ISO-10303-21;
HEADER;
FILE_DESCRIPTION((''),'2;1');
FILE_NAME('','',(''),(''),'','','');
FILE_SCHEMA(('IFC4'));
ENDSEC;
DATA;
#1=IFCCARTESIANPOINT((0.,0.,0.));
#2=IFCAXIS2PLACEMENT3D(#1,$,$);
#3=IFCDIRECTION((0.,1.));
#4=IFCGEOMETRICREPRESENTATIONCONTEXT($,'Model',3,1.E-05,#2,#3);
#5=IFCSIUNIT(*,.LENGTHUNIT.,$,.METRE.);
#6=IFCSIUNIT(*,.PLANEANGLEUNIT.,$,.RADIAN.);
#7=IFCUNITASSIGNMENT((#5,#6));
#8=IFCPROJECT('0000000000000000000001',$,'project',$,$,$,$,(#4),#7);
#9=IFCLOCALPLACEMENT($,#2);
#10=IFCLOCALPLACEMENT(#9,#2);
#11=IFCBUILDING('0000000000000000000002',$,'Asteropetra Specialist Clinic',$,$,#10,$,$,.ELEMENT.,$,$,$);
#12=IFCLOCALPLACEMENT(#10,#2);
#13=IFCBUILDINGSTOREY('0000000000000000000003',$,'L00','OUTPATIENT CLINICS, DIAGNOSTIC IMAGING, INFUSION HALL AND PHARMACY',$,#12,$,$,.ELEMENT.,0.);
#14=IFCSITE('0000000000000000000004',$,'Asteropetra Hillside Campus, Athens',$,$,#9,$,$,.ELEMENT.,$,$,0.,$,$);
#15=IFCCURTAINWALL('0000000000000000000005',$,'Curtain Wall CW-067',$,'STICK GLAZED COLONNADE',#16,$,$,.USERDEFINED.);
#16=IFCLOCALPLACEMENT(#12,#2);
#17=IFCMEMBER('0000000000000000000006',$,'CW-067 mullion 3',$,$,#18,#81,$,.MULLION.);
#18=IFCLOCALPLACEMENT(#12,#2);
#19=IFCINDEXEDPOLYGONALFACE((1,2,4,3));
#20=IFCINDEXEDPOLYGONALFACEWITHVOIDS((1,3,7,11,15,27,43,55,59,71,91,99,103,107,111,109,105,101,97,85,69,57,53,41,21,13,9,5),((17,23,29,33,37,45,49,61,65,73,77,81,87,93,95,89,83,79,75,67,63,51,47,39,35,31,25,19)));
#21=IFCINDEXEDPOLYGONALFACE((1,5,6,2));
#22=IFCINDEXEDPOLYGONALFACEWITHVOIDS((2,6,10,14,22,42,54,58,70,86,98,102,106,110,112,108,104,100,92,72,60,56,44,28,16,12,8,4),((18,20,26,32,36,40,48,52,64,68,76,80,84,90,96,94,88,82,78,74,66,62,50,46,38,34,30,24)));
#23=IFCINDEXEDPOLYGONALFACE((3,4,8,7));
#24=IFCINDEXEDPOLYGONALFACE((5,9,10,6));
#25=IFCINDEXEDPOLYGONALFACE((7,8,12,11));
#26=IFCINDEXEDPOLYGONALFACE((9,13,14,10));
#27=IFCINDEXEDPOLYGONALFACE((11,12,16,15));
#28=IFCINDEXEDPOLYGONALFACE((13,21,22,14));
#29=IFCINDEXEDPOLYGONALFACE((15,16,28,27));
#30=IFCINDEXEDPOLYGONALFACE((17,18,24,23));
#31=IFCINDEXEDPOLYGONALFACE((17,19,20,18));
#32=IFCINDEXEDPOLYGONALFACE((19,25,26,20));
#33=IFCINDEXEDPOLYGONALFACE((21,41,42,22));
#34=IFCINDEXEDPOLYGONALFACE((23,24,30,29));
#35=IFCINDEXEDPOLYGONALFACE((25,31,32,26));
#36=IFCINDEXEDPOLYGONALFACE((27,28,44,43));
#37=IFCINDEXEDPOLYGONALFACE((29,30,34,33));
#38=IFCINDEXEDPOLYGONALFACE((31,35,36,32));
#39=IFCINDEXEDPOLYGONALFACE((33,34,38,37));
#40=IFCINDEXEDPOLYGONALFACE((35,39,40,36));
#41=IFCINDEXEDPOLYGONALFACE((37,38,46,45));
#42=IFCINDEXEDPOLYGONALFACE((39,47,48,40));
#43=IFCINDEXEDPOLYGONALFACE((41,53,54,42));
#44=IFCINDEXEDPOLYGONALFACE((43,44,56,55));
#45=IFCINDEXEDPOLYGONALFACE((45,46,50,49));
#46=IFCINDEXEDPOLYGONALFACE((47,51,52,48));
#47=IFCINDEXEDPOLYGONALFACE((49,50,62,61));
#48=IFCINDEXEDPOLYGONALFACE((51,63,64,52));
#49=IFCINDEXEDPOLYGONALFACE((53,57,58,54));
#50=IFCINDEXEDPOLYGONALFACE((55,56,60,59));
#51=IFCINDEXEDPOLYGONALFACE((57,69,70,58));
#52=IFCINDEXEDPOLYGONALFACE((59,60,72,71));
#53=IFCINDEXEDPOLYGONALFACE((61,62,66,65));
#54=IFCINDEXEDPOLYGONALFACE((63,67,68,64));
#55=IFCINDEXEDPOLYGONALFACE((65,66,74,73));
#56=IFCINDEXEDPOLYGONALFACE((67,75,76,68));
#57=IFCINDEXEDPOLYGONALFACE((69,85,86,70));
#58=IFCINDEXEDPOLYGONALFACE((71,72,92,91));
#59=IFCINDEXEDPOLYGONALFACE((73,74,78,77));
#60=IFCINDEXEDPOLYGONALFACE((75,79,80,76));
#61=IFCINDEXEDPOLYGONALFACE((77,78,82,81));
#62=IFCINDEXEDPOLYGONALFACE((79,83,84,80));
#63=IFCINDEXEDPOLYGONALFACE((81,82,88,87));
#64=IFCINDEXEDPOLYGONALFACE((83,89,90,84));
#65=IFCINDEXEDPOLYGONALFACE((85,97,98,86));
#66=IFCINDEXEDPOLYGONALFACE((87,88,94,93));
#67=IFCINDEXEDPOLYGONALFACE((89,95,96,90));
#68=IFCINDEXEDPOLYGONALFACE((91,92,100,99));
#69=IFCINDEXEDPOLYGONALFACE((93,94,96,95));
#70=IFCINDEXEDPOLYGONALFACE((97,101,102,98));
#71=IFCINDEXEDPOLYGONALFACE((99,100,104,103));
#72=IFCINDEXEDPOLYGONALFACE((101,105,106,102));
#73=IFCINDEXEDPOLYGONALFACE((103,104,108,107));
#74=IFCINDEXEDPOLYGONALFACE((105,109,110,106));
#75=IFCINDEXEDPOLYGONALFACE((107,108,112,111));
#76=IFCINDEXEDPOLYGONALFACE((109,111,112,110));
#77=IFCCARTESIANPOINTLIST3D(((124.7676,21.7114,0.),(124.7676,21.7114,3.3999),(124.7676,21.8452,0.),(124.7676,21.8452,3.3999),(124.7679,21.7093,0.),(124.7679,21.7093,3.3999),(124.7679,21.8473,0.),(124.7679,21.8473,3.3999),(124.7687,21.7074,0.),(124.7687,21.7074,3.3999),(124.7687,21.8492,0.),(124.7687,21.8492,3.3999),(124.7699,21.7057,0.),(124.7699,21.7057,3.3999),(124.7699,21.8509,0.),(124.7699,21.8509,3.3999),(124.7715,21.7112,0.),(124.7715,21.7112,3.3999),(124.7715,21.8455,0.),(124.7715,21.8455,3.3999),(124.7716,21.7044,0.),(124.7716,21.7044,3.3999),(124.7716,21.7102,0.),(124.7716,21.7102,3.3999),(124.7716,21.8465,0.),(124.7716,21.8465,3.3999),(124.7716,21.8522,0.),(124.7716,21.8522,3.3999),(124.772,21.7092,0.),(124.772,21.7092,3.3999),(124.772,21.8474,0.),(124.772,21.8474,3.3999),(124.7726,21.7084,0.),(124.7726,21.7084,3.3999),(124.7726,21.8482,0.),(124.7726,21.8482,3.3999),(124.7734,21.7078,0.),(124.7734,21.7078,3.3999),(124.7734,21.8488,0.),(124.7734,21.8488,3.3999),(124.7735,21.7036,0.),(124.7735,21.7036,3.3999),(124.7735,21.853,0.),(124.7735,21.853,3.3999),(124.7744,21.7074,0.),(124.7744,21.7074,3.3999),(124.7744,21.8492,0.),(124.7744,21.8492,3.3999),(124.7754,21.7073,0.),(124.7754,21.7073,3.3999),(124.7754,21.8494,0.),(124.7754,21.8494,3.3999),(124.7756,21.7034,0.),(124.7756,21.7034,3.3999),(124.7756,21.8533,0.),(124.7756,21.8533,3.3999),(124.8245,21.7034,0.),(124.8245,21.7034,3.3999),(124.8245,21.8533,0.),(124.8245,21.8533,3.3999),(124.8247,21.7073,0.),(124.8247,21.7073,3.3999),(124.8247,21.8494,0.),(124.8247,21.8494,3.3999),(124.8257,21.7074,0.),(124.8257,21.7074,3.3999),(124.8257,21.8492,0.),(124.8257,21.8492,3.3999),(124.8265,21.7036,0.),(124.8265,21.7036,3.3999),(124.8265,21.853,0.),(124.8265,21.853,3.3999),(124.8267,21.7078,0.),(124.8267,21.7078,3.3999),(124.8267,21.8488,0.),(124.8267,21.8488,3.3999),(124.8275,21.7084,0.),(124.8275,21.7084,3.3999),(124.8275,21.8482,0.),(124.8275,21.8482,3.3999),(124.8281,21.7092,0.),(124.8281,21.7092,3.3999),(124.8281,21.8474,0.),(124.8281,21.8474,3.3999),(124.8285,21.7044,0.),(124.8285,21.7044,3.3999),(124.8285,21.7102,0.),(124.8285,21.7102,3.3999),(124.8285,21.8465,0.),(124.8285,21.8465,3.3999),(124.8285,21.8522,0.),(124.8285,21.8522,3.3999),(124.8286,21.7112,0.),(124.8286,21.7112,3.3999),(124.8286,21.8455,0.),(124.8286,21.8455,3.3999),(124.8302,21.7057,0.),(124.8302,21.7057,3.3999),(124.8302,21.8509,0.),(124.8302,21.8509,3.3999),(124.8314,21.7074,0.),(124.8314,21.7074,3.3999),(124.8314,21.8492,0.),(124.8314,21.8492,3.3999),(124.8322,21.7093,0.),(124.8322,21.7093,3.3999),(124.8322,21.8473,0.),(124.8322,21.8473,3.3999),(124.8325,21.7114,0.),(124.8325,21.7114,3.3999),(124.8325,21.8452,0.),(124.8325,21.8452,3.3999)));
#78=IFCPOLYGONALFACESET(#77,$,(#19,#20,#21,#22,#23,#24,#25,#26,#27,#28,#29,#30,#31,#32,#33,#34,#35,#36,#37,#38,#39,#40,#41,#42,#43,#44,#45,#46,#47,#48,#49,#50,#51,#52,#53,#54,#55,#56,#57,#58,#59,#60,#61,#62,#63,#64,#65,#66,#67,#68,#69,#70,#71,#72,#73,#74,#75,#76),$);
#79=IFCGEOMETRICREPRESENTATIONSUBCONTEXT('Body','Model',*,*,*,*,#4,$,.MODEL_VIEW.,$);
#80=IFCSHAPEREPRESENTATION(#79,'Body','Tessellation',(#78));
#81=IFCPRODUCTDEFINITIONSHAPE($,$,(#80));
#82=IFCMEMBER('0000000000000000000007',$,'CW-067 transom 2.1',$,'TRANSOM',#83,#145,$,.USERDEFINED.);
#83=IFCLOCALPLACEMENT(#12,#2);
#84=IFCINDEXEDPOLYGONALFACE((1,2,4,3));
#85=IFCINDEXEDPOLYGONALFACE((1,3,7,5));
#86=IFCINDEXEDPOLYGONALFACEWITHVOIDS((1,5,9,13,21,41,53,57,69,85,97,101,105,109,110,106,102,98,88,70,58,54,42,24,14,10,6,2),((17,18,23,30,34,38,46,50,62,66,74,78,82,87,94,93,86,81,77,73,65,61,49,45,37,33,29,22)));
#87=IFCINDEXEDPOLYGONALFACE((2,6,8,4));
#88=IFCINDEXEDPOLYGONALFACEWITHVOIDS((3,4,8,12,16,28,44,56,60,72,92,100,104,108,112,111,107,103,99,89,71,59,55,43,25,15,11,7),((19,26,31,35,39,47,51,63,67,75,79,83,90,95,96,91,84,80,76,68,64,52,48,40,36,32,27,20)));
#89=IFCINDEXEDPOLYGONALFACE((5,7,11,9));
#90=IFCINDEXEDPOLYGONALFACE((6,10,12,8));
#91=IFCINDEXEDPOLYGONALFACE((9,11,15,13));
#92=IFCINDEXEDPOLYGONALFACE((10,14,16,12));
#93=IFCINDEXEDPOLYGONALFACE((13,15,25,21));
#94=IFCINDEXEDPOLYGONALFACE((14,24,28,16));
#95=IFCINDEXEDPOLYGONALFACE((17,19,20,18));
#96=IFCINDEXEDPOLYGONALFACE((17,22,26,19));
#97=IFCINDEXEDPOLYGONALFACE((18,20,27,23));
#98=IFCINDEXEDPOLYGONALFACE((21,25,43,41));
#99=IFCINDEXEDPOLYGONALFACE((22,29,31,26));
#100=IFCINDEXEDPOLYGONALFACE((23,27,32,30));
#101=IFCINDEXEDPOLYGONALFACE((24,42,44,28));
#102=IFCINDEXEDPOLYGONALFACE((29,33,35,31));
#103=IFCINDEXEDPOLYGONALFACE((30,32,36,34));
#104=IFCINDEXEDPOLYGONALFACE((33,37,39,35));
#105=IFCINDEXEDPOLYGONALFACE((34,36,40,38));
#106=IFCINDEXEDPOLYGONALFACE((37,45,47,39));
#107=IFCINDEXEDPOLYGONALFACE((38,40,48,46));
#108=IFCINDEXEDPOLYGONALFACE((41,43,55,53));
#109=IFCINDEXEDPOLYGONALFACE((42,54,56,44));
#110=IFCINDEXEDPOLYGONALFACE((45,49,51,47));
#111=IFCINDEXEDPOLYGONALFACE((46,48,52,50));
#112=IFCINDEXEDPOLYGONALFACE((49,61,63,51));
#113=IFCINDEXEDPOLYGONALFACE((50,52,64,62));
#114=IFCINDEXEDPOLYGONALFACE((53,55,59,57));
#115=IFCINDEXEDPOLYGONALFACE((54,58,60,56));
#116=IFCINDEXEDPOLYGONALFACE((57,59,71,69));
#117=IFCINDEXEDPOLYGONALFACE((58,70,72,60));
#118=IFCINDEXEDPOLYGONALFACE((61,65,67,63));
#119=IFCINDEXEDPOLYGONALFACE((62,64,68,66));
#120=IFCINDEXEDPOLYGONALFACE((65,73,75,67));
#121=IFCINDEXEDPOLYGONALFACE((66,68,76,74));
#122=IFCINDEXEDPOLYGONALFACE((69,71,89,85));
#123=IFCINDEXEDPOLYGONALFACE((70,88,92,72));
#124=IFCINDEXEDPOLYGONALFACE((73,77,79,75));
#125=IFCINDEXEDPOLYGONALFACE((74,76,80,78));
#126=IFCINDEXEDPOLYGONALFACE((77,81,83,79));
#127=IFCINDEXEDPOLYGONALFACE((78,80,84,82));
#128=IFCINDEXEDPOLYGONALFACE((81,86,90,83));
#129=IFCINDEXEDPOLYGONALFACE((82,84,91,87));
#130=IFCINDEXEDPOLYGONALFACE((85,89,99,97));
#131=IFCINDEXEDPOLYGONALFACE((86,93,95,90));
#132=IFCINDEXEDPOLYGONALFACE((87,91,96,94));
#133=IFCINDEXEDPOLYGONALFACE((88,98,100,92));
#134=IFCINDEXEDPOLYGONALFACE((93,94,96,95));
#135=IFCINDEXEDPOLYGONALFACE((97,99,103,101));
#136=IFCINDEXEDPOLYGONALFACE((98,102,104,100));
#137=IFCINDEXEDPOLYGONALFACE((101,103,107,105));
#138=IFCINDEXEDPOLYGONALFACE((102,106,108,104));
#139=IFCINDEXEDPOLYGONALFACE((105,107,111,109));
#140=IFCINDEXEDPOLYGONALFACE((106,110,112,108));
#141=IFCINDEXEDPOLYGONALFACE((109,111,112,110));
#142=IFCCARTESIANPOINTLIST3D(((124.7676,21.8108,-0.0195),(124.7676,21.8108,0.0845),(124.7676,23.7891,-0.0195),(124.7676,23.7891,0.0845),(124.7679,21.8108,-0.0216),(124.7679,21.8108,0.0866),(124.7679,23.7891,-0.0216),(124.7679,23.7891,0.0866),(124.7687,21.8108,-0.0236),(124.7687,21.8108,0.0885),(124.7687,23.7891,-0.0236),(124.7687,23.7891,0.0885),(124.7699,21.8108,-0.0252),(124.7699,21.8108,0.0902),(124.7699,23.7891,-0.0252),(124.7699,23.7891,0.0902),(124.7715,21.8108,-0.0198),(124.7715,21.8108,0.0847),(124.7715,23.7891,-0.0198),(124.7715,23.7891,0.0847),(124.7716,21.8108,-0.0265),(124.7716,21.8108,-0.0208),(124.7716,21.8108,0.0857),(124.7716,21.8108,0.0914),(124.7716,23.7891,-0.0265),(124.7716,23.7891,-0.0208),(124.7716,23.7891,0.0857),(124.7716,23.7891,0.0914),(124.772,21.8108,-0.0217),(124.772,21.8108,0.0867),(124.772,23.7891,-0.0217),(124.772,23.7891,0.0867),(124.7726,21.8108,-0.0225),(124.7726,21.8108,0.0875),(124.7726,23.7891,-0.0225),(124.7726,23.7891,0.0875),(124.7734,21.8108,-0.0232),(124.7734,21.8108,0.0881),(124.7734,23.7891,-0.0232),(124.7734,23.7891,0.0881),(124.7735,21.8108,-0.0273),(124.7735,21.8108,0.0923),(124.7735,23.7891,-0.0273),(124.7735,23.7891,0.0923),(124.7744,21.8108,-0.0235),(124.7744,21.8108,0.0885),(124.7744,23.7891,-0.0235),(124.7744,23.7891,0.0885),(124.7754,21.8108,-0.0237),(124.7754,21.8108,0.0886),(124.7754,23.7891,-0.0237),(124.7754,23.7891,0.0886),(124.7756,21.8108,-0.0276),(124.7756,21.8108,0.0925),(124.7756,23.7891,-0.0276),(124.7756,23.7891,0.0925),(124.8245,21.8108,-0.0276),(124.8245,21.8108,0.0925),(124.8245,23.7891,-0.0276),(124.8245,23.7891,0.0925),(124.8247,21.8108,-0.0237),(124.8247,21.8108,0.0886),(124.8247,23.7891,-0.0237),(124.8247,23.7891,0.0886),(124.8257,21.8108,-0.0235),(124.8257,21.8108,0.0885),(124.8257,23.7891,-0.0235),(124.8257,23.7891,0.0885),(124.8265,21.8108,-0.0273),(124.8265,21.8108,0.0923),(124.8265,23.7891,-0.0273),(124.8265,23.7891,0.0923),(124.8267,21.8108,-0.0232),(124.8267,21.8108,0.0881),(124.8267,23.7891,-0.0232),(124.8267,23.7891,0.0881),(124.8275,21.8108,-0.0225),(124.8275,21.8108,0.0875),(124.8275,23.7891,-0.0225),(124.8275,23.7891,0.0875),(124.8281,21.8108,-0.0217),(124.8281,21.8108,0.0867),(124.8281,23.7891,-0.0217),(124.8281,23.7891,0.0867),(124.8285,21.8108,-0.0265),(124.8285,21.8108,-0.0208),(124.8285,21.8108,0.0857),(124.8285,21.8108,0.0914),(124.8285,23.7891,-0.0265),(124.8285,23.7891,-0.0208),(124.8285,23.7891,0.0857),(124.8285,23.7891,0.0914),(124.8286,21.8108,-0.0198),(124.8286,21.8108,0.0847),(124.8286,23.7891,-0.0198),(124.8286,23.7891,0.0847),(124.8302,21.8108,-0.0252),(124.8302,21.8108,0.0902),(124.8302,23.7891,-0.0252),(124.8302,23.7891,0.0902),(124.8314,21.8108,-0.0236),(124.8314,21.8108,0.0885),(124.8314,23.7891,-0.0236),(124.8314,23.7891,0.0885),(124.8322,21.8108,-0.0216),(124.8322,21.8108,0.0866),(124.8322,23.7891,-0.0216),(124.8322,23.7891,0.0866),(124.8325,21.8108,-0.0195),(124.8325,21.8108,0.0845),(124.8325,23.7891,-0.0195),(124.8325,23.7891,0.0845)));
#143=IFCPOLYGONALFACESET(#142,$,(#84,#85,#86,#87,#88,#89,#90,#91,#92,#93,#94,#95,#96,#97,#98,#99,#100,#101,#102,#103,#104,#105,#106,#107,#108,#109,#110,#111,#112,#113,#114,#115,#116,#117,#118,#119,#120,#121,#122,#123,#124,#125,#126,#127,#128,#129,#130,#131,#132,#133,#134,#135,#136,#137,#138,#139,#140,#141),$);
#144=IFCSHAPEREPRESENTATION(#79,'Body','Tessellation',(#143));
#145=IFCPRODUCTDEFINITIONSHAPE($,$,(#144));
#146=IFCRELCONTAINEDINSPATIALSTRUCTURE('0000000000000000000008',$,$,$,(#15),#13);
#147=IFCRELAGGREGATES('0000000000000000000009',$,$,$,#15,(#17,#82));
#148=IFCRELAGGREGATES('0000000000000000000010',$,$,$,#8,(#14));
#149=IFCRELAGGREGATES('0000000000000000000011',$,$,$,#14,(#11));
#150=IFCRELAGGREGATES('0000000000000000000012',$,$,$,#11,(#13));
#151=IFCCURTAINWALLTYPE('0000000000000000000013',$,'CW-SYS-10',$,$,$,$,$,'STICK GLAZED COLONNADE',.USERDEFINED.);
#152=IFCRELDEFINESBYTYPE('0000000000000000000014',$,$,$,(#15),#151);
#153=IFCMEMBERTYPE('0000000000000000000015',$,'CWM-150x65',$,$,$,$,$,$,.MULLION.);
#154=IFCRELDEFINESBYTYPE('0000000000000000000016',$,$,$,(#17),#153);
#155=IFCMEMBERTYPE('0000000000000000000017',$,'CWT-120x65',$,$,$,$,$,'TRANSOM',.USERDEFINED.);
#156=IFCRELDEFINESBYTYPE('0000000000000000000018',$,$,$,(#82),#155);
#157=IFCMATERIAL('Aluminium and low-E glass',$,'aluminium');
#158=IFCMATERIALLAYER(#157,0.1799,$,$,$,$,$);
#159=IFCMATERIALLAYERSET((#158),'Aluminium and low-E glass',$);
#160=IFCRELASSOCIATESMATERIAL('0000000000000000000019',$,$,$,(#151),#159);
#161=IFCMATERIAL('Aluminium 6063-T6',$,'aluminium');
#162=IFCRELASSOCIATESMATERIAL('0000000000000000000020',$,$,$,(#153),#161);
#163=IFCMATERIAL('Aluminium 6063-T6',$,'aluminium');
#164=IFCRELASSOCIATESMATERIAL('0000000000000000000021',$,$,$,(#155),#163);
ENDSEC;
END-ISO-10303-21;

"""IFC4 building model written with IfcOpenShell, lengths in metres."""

from ifc_helpers import new_model, si_unit, direction, frame, origin, origin_2d, place, context, subcontext, project, spatial, hollow_rectangle, extrude, material, layer, layer_set, material_profile, profile_set, type_object, element, aggregate, save


model = new_model("IFC4")

# Units and contexts
model_context = context("Model", 3, precision=1e-05, world=origin(), true_north=direction((0.0, 1.0)))
body_context = subcontext(model_context, "Body", "Model", "MODEL_VIEW")
ifc_project = project(units=[si_unit("LENGTHUNIT", "METRE"), si_unit("PLANEANGLEUNIT", "RADIAN")], contexts=[model_context])

# Site, building, storey
site_placement = place(None, origin())
site = spatial("IfcSite", under=ifc_project, at=site_placement, Name="Asteropetra Hillside Campus, Athens", CompositionType="ELEMENT", RefElevation=0.0)
building_placement = place(site_placement, origin())
building = spatial("IfcBuilding", under=site, at=building_placement, Name="Asteropetra Specialist Clinic", CompositionType="ELEMENT")
storey_placement = place(building_placement, origin())
storey = spatial("IfcBuildingStorey", under=building, at=storey_placement, Name="L00", Description="OUTPATIENT CLINICS, DIAGNOSTIC IMAGING, INFUSION HALL AND PHARMACY", CompositionType="ELEMENT", Elevation=0.0)

# Curtain wall, members
ifc_material_1 = material(Name="Aluminium and low-E glass", Category="aluminium")
ifc_layer_1 = layer(ifc_material_1, 0.1799)
ifc_layer_set_1 = layer_set([ifc_layer_1], Name="Aluminium and low-E glass")
curtain_wall_type = type_object("IfcCurtainWallType", Name="CW-SYS-10", ElementType="STICK GLAZED COLONNADE", PredefinedType="USERDEFINED", material=ifc_layer_set_1)
curtain_wall_placement = place(storey_placement, origin())
curtain_wall = element("IfcCurtainWall", 1, at=curtain_wall_placement, inside=storey, type_object=curtain_wall_type, Name="Curtain Wall CW-067", ObjectType="STICK GLAZED COLONNADE", PredefinedType="USERDEFINED")
ifc_material_2 = material(Name="Aluminium 6063-T6", Category="aluminium")
ifc_material_profile_1 = material_profile(ifc_material_2, hollow_rectangle(XDim=0.0649, YDim=0.1499, WallThickness=0.0039, InnerFilletRadius=0.0039, OuterFilletRadius=0.0081, at=origin_2d()), Name="MUL 150x65x4.0")
ifc_profile_set_1 = profile_set([ifc_material_profile_1], Name="Aluminium 6063-T6")
member_type_1 = type_object("IfcMemberType", Name="CWM-150x65", PredefinedType="MULLION", material=ifc_profile_set_1)
member_1_placement = place(storey_placement, frame((124.8, 21.7783, 0.0), z_axis=(0.0, 0.0, 1.0), x_axis=(1.0, 0.0, 0.0)))
member_1 = element("IfcMember", 2, at=member_1_placement, type_object=member_type_1, Name="CW-067 mullion 3", PredefinedType="MULLION", context=body_context, shape_type="SweptSolid", body=[
    extrude(hollow_rectangle(XDim=0.0649, YDim=0.1499, WallThickness=0.0039, InnerFilletRadius=0.0039, OuterFilletRadius=0.0081, at=origin_2d()), origin(), (0.0, 0.0, 1.0), 3.3999),
])
ifc_material_3 = material(Name="Aluminium 6063-T6", Category="aluminium")
ifc_material_profile_2 = material_profile(ifc_material_3, hollow_rectangle(XDim=0.0649, YDim=0.1201, WallThickness=0.0039, InnerFilletRadius=0.0039, OuterFilletRadius=0.0081, at=origin_2d()), Name="TRN 120x65x4.0")
ifc_profile_set_2 = profile_set([ifc_material_profile_2], Name="Aluminium 6063-T6")
member_type_2 = type_object("IfcMemberType", Name="CWT-120x65", ElementType="TRANSOM", PredefinedType="USERDEFINED", material=ifc_profile_set_2)
member_2_placement = place(storey_placement, frame((124.8, 23.7891, 0.0325), z_axis=(0.0, -1.0, 0.0), x_axis=(1.0, 0.0, 0.0)))
member_2 = element("IfcMember", 3, at=member_2_placement, type_object=member_type_2, Name="CW-067 transom 2.1", ObjectType="TRANSOM", PredefinedType="USERDEFINED", context=body_context, shape_type="SweptSolid", body=[
    extrude(hollow_rectangle(XDim=0.0649, YDim=0.1201, WallThickness=0.0039, InnerFilletRadius=0.0039, OuterFilletRadius=0.0081, at=origin_2d()), origin(), (0.0, 0.0, 1.0), 1.9783),
])
aggregate(curtain_wall, [member_1, member_2])

save(model, "model.ifc")
